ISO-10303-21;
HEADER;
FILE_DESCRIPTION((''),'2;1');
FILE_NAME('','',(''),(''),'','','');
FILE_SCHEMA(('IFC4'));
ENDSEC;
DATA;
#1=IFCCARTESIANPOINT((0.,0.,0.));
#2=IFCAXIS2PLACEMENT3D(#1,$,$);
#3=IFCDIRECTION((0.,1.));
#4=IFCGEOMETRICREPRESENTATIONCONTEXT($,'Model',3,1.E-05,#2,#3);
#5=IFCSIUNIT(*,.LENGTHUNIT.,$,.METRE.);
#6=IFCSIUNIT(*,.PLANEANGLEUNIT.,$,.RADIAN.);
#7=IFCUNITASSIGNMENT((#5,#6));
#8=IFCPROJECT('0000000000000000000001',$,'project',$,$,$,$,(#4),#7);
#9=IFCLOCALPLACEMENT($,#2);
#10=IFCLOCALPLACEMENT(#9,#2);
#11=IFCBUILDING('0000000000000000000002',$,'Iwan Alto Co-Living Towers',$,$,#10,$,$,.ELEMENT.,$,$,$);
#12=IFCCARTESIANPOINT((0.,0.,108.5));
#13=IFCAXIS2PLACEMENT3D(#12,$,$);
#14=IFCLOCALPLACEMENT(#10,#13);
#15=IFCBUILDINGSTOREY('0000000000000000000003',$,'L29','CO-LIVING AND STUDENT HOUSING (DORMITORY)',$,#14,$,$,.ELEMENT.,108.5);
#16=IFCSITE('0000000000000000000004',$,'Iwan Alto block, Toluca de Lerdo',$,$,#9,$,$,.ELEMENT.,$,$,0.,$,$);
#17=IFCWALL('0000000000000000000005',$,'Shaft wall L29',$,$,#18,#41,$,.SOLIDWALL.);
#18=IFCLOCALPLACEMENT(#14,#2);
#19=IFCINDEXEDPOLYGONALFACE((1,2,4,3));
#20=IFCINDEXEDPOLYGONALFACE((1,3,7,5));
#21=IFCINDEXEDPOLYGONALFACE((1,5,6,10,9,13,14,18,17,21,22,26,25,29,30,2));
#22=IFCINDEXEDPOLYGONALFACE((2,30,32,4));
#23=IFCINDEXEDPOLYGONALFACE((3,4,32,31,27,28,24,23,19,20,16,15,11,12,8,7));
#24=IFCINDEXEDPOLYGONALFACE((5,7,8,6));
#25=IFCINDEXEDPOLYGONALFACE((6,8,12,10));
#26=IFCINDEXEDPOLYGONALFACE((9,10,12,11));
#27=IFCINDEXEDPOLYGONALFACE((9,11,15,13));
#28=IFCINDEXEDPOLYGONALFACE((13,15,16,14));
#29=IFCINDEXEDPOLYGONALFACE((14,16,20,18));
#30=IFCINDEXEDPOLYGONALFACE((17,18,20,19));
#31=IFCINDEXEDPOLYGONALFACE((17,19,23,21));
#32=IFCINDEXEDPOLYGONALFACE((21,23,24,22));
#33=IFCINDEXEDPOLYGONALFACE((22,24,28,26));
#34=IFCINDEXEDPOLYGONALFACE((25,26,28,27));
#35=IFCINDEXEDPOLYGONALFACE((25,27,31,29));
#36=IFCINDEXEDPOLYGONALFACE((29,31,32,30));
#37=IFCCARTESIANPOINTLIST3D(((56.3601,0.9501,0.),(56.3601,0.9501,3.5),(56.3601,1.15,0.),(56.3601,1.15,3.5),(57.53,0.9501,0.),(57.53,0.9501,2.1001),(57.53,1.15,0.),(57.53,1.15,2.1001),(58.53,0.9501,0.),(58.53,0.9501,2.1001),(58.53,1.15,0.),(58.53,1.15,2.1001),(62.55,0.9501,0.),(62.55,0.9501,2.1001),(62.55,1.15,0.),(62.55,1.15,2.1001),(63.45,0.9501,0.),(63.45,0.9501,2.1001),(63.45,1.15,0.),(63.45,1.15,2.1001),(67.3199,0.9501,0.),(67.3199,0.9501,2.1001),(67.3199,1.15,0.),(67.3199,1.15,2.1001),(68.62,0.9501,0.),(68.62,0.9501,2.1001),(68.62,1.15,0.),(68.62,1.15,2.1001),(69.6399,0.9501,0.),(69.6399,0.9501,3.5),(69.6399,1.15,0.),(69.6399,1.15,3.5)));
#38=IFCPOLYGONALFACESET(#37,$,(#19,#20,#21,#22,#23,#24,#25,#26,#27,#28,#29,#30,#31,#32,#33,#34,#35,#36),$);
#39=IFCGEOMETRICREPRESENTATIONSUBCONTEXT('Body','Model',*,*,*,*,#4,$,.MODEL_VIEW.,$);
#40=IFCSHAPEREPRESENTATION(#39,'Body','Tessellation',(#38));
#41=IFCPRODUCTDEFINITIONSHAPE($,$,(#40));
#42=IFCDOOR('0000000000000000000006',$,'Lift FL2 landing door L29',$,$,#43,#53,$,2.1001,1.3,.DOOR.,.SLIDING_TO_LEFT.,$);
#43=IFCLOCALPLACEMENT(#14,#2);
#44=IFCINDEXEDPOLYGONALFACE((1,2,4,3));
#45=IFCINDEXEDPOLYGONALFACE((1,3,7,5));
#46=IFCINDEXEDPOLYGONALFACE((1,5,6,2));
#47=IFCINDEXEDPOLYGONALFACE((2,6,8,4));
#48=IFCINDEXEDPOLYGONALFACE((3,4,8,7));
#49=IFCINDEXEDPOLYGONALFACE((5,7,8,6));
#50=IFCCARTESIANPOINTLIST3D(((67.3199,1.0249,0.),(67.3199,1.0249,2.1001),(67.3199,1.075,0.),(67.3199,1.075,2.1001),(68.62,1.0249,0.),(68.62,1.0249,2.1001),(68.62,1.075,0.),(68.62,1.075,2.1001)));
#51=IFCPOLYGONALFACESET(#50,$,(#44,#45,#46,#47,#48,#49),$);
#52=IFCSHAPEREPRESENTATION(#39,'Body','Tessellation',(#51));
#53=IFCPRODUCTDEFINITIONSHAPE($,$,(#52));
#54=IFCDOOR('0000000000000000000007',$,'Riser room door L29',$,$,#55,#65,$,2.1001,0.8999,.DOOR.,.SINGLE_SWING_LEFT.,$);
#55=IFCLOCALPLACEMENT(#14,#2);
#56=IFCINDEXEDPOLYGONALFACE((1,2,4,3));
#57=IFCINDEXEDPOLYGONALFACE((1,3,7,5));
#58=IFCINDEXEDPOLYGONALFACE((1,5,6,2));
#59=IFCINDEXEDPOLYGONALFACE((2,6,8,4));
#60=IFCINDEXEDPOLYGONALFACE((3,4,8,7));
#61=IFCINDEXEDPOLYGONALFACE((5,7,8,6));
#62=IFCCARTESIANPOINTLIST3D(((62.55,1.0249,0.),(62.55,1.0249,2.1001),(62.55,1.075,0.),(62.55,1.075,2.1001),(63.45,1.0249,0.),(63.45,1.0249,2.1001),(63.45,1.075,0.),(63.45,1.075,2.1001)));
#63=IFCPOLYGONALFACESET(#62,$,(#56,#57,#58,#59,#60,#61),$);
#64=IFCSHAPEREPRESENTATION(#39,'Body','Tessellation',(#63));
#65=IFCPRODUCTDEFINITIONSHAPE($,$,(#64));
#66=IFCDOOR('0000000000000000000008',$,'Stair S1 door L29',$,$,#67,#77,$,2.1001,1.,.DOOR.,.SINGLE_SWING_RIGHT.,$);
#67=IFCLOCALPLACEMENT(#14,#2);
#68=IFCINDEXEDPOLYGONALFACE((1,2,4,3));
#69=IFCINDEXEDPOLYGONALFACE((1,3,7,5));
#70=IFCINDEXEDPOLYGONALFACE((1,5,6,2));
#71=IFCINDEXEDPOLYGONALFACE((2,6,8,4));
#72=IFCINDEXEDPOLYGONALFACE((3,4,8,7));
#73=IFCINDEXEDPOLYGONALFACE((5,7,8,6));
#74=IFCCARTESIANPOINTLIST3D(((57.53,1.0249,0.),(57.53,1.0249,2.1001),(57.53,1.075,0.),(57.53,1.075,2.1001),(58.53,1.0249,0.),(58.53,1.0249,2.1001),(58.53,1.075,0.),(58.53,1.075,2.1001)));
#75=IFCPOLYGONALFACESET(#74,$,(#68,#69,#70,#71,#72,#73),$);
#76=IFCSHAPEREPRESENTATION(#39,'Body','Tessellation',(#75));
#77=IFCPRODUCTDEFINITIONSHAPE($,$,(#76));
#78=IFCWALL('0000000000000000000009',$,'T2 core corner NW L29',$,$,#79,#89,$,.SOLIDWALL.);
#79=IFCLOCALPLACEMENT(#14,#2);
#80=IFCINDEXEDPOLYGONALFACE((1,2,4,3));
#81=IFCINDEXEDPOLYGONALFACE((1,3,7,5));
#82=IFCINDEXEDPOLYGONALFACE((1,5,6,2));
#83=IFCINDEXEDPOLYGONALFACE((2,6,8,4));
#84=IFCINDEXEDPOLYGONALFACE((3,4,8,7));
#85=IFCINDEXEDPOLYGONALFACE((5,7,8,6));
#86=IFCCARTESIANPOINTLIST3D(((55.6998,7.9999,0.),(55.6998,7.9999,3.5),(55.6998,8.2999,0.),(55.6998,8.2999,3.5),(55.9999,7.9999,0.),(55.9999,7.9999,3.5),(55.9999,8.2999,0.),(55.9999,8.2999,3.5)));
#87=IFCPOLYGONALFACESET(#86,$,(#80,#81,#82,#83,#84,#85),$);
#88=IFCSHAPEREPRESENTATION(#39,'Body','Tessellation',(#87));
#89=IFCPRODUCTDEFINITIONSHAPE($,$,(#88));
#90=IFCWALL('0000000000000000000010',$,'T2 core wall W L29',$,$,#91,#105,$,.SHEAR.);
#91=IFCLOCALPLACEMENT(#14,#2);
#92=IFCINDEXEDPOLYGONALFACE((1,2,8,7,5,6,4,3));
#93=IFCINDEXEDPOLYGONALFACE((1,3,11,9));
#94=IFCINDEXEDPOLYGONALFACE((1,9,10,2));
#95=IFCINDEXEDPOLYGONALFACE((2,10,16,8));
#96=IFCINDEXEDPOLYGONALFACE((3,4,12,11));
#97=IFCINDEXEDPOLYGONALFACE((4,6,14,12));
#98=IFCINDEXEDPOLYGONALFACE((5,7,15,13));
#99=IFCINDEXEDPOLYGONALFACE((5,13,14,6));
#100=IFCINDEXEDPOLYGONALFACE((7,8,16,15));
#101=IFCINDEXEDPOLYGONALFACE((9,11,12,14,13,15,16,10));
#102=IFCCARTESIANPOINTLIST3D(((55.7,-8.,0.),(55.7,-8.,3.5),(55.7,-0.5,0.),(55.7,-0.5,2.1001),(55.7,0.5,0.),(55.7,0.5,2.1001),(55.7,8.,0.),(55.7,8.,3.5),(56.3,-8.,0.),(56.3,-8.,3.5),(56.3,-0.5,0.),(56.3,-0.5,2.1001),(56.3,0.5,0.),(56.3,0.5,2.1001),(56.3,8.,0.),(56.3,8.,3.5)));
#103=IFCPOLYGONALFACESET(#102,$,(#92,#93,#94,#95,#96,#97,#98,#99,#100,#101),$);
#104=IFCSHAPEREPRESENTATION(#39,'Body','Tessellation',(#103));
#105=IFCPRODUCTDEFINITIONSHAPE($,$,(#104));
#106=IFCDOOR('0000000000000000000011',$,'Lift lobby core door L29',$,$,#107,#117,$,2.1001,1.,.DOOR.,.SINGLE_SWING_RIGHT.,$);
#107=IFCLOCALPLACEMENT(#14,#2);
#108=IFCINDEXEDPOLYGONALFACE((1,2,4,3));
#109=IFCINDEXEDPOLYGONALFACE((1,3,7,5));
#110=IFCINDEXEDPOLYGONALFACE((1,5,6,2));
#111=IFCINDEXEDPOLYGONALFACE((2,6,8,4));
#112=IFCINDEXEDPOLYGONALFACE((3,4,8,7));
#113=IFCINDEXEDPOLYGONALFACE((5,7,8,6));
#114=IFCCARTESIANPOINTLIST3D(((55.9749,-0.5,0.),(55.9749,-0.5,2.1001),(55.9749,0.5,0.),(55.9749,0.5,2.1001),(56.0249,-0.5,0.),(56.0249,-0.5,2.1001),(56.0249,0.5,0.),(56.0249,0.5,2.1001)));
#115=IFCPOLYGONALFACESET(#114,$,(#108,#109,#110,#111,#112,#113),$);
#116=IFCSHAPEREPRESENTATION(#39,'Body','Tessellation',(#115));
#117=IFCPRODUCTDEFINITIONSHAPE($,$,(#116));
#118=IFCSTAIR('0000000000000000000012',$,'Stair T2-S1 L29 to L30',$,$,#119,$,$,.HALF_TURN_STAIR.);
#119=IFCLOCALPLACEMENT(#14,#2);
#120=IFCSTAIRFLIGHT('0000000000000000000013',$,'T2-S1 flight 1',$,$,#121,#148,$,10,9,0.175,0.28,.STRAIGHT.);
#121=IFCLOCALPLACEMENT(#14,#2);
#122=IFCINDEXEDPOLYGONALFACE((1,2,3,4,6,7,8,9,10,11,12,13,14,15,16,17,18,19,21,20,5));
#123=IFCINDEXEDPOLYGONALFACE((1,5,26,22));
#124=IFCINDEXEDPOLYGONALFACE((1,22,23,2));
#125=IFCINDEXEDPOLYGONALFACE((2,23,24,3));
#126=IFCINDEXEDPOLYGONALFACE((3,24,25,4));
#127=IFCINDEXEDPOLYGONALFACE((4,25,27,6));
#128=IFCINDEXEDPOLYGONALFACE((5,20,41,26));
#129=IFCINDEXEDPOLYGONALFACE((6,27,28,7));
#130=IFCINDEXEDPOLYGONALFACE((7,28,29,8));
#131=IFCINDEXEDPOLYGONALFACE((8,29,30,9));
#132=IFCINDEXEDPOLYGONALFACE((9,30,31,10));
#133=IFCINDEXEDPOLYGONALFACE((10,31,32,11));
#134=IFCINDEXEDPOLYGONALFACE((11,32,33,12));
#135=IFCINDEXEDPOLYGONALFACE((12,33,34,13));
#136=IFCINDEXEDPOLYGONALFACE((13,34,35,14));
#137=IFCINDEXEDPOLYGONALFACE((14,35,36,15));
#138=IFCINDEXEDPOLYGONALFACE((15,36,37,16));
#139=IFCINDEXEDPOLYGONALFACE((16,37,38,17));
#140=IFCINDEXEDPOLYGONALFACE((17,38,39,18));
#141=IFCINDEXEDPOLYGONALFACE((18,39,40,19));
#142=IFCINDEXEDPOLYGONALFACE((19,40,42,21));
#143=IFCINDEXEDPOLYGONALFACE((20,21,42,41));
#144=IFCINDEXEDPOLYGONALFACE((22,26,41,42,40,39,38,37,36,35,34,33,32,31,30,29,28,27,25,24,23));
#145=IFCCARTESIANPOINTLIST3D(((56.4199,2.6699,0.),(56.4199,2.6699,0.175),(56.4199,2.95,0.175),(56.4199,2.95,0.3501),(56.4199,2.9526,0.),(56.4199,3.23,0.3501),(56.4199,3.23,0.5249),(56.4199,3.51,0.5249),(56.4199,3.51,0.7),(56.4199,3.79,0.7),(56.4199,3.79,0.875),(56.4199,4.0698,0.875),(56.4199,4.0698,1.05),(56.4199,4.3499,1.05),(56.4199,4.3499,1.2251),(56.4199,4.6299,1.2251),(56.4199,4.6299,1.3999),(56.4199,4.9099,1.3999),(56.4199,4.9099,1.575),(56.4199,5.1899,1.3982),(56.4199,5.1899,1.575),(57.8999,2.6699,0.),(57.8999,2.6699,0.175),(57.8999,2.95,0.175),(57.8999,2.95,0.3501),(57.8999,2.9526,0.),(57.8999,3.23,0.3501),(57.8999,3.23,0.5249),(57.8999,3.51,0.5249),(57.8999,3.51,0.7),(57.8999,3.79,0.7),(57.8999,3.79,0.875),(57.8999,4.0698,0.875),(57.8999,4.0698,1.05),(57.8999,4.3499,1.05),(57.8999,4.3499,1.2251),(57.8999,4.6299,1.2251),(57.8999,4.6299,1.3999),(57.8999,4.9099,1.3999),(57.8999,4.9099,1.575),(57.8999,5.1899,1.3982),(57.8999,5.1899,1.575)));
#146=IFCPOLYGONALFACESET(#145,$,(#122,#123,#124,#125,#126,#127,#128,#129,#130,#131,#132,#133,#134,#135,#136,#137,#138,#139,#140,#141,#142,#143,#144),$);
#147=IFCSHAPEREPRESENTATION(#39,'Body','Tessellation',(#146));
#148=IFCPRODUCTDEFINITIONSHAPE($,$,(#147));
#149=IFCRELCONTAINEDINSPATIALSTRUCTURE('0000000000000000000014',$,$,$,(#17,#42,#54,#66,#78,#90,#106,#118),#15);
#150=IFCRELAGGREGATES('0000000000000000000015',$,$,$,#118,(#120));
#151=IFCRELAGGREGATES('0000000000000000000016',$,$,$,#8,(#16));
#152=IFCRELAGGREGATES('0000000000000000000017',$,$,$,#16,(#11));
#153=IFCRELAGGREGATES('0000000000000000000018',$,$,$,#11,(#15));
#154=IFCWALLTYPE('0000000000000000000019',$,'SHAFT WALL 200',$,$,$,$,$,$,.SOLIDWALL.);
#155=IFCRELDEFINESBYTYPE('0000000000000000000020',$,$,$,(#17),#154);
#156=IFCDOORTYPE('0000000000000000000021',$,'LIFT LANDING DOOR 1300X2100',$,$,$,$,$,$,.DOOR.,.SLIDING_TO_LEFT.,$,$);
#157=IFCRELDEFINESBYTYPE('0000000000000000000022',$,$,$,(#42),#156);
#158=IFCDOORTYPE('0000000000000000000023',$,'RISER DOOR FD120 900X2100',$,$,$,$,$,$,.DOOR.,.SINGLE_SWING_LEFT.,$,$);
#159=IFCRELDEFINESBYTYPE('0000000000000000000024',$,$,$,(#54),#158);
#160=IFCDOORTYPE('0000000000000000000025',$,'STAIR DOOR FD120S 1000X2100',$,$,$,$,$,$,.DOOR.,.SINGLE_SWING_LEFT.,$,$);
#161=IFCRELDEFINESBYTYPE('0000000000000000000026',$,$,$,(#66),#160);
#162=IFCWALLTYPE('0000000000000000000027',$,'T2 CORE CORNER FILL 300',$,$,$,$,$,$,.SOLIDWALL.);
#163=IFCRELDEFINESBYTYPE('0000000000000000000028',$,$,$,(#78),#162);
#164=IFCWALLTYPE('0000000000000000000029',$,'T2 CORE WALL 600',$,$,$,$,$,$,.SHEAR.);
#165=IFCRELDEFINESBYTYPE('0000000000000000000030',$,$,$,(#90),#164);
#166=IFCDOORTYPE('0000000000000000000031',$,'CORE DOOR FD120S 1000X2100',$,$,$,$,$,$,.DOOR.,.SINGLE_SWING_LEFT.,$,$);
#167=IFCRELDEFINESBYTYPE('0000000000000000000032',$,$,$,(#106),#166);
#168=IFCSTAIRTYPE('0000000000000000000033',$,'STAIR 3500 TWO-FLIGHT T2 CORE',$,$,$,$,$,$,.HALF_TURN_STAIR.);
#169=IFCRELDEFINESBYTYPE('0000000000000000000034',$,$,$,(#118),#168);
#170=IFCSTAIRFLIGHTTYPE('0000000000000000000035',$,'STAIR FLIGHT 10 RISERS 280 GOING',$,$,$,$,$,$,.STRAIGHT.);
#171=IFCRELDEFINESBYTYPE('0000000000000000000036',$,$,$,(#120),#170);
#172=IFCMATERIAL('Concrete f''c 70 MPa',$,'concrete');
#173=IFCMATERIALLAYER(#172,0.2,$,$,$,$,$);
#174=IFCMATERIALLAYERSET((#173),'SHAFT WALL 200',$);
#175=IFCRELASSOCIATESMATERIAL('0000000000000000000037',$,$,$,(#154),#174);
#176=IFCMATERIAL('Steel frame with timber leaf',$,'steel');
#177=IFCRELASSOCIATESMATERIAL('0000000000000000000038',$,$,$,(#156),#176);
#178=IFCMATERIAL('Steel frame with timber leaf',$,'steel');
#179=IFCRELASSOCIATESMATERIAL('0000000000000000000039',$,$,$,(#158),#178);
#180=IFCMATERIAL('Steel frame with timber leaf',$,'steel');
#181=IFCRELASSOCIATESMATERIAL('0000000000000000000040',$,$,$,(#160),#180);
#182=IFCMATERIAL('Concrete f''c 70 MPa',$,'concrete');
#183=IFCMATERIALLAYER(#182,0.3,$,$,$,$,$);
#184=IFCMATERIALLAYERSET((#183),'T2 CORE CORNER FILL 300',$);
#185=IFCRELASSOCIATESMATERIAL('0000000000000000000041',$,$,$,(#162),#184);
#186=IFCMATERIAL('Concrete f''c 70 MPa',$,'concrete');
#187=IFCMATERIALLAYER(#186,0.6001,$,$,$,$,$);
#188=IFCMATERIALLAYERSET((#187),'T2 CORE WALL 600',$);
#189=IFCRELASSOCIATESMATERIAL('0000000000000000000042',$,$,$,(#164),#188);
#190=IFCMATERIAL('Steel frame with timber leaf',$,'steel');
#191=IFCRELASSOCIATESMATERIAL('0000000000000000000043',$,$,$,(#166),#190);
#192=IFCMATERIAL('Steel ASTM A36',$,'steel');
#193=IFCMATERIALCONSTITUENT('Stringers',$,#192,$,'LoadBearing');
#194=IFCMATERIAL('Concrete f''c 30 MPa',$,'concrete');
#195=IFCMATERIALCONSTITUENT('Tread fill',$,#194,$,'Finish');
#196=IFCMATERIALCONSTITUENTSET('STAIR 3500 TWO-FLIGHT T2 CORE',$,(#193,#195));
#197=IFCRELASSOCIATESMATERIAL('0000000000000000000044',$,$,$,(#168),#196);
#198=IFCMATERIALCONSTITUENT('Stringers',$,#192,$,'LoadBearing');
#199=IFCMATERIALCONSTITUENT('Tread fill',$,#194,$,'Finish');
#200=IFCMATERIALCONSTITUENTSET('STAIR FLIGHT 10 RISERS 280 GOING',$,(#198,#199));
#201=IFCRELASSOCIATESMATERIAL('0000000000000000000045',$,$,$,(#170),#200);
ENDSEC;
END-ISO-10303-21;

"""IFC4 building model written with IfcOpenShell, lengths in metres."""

from ifc_helpers import new_model, si_unit, direction, frame, frame_2d, origin, place, context, subcontext, project, spatial, polyline, rectangle, outline, extrude, material, layer, layer_set, constituent, constituent_set, type_object, element, fill, aggregate, save


model = new_model("IFC4")

# Units and contexts
model_context = context("Model", 3, precision=1e-05, world=origin(), true_north=direction((0.0, 1.0)))
body_context = subcontext(model_context, "Body", "Model", "MODEL_VIEW")
ifc_project = project(units=[si_unit("LENGTHUNIT", "METRE"), si_unit("PLANEANGLEUNIT", "RADIAN")], contexts=[model_context])

# Site, building, storey
site_placement = place(None, origin())
site = spatial("IfcSite", under=ifc_project, at=site_placement, Name="Iwan Alto block, Toluca de Lerdo", CompositionType="ELEMENT", RefElevation=0.0)
building_placement = place(site_placement, origin())
building = spatial("IfcBuilding", under=site, at=building_placement, Name="Iwan Alto Co-Living Towers", CompositionType="ELEMENT")
storey_placement = place(building_placement, frame((0.0, 0.0, 108.5)))
storey = spatial("IfcBuildingStorey", under=building, at=storey_placement, Name="L29", Description="CO-LIVING AND STUDENT HOUSING (DORMITORY)", CompositionType="ELEMENT", Elevation=108.5)

# Wall, openings, doors
ifc_material_1 = material(Name="Concrete f'c 70 MPa", Category="concrete")
ifc_layer_1 = layer(ifc_material_1, 0.2)
ifc_layer_set_1 = layer_set([ifc_layer_1], Name="SHAFT WALL 200")
wall_type_1 = type_object("IfcWallType", Name="SHAFT WALL 200", PredefinedType="SOLIDWALL", material=ifc_layer_set_1)
wall_1_placement = place(storey_placement, frame((56.3601, 1.05, 0.0), z_axis=(0.0, 0.0, 1.0), x_axis=(1.0, 0.0, 0.0)))
wall_1 = element("IfcWall", 1, at=wall_1_placement, inside=storey, type_object=wall_type_1, Name="Shaft wall L29", PredefinedType="SOLIDWALL", context=body_context, shape_type="SweptSolid", body=[
    extrude(rectangle(XDim=13.2798, YDim=0.2, at=frame_2d((6.6399, 0.0))), origin(), (0.0, 0.0, 1.0), 3.5),
])
opening_1_placement = place(wall_1_placement, frame((1.1699, 0.0, 0.0)))
opening_1 = element("IfcOpeningElement", 2, at=opening_1_placement, cuts=wall_1, PredefinedType="OPENING", context=body_context, shape_type="SweptSolid", body=[
    extrude(rectangle(XDim=1.0, YDim=2.1001, at=frame_2d((0.5, 1.05))), frame((0.0, 0.1099, 0.0), z_axis=(0.0, -1.0, 0.0), x_axis=(1.0, 0.0, 0.0)), (0.0, 0.0, 1.0), 0.22),
])
opening_2_placement = place(wall_1_placement, frame((6.1899, 0.0, 0.0)))
opening_2 = element("IfcOpeningElement", 3, at=opening_2_placement, cuts=wall_1, PredefinedType="OPENING", context=body_context, shape_type="SweptSolid", body=[
    extrude(rectangle(XDim=0.8999, YDim=2.1001, at=frame_2d((0.45, 1.05))), frame((0.0, 0.1099, 0.0), z_axis=(0.0, -1.0, 0.0), x_axis=(1.0, 0.0, 0.0)), (0.0, 0.0, 1.0), 0.22),
])
opening_3_placement = place(wall_1_placement, frame((10.96, 0.0, 0.0)))
opening_3 = element("IfcOpeningElement", 4, at=opening_3_placement, cuts=wall_1, PredefinedType="OPENING", context=body_context, shape_type="SweptSolid", body=[
    extrude(rectangle(XDim=1.3, YDim=2.1001, at=frame_2d((0.6499, 1.05))), frame((0.0, 0.1099, 0.0), z_axis=(0.0, -1.0, 0.0), x_axis=(1.0, 0.0, 0.0)), (0.0, 0.0, 1.0), 0.22),
])
ifc_material_2 = material(Name="Steel frame with timber leaf", Category="steel")
door_type_1 = type_object("IfcDoorType", Name="LIFT LANDING DOOR 1300X2100", OperationType="SLIDING_TO_LEFT", PredefinedType="DOOR", material=ifc_material_2)
door_1_placement = place(opening_3_placement, origin())
door_1 = element("IfcDoor", 5, at=door_1_placement, inside=storey, type_object=door_type_1, Name="Lift FL2 landing door L29", OperationType="SLIDING_TO_LEFT", OverallHeight=2.1001, OverallWidth=1.3, PredefinedType="DOOR", context=body_context, shape_type="SweptSolid", body=[
    extrude(rectangle(XDim=1.3, YDim=2.1001, at=frame_2d((0.6499, 1.05))), frame((0.0, 0.0249, 0.0), z_axis=(0.0, -1.0, 0.0), x_axis=(1.0, 0.0, 0.0)), (0.0, 0.0, 1.0), 0.05),
])
fill(opening_3, door_1)
ifc_material_3 = material(Name="Steel frame with timber leaf", Category="steel")
door_type_2 = type_object("IfcDoorType", Name="RISER DOOR FD120 900X2100", OperationType="SINGLE_SWING_LEFT", PredefinedType="DOOR", material=ifc_material_3)
door_2_placement = place(opening_2_placement, origin())
door_2 = element("IfcDoor", 6, at=door_2_placement, inside=storey, type_object=door_type_2, Name="Riser room door L29", OperationType="SINGLE_SWING_LEFT", OverallHeight=2.1001, OverallWidth=0.8999, PredefinedType="DOOR", context=body_context, shape_type="SweptSolid", body=[
    extrude(rectangle(XDim=0.8999, YDim=2.1001, at=frame_2d((0.45, 1.05))), frame((0.0, 0.0249, 0.0), z_axis=(0.0, -1.0, 0.0), x_axis=(1.0, 0.0, 0.0)), (0.0, 0.0, 1.0), 0.05),
])
fill(opening_2, door_2)
ifc_material_4 = material(Name="Steel frame with timber leaf", Category="steel")
door_type_3 = type_object("IfcDoorType", Name="STAIR DOOR FD120S 1000X2100", OperationType="SINGLE_SWING_LEFT", PredefinedType="DOOR", material=ifc_material_4)
door_3_placement = place(opening_1_placement, origin())
door_3 = element("IfcDoor", 7, at=door_3_placement, inside=storey, type_object=door_type_3, Name="Stair S1 door L29", OperationType="SINGLE_SWING_RIGHT", OverallHeight=2.1001, OverallWidth=1.0, PredefinedType="DOOR", context=body_context, shape_type="SweptSolid", body=[
    extrude(rectangle(XDim=1.0, YDim=2.1001, at=frame_2d((0.5, 1.05))), frame((0.0, 0.0249, 0.0), z_axis=(0.0, -1.0, 0.0), x_axis=(1.0, 0.0, 0.0)), (0.0, 0.0, 1.0), 0.05),
])
fill(opening_1, door_3)

# Wall
ifc_material_5 = material(Name="Concrete f'c 70 MPa", Category="concrete")
ifc_layer_2 = layer(ifc_material_5, 0.3)
ifc_layer_set_2 = layer_set([ifc_layer_2], Name="T2 CORE CORNER FILL 300")
wall_type_2 = type_object("IfcWallType", Name="T2 CORE CORNER FILL 300", PredefinedType="SOLIDWALL", material=ifc_layer_set_2)
wall_2_placement = place(storey_placement, frame((55.7, 8.1499, 0.0), z_axis=(0.0, 0.0, 1.0), x_axis=(1.0, 0.0, 0.0)))
element("IfcWall", 8, at=wall_2_placement, inside=storey, type_object=wall_type_2, Name="T2 core corner NW L29", PredefinedType="SOLIDWALL", context=body_context, shape_type="SweptSolid", body=[
    extrude(rectangle(XDim=0.3, YDim=0.3, at=frame_2d((0.1499, 0.0))), origin(), (0.0, 0.0, 1.0), 3.5),
])

# Wall, opening, door
ifc_material_6 = material(Name="Concrete f'c 70 MPa", Category="concrete")
ifc_layer_3 = layer(ifc_material_6, 0.6001)
ifc_layer_set_3 = layer_set([ifc_layer_3], Name="T2 CORE WALL 600")
wall_type_3 = type_object("IfcWallType", Name="T2 CORE WALL 600", PredefinedType="SHEAR", material=ifc_layer_set_3)
wall_3_placement = place(storey_placement, frame((56.0, 8.0, 0.0), z_axis=(0.0, 0.0, 1.0), x_axis=(0.0, -1.0, 0.0)))
wall_3 = element("IfcWall", 9, at=wall_3_placement, inside=storey, type_object=wall_type_3, Name="T2 core wall W L29", PredefinedType="SHEAR", context=body_context, shape_type="SweptSolid", body=[
    extrude(rectangle(XDim=16.0, YDim=0.6001, at=frame_2d((8.0, 0.0))), origin(), (0.0, 0.0, 1.0), 3.5),
])
opening_4_placement = place(wall_3_placement, frame((7.5, 0.0, 0.0)))
opening_4 = element("IfcOpeningElement", 10, at=opening_4_placement, cuts=wall_3, PredefinedType="OPENING", context=body_context, shape_type="SweptSolid", body=[
    extrude(rectangle(XDim=1.0, YDim=2.1001, at=frame_2d((0.5, 1.05))), frame((0.0, 0.3101, 0.0), z_axis=(0.0, -1.0, 0.0), x_axis=(1.0, 0.0, 0.0)), (0.0, 0.0, 1.0), 0.6201),
])
ifc_material_7 = material(Name="Steel frame with timber leaf", Category="steel")
door_type_4 = type_object("IfcDoorType", Name="CORE DOOR FD120S 1000X2100", OperationType="SINGLE_SWING_LEFT", PredefinedType="DOOR", material=ifc_material_7)
door_4_placement = place(opening_4_placement, origin())
door_4 = element("IfcDoor", 11, at=door_4_placement, inside=storey, type_object=door_type_4, Name="Lift lobby core door L29", OperationType="SINGLE_SWING_RIGHT", OverallHeight=2.1001, OverallWidth=1.0, PredefinedType="DOOR", context=body_context, shape_type="SweptSolid", body=[
    extrude(rectangle(XDim=1.0, YDim=2.1001, at=frame_2d((0.5, 1.05))), frame((0.0, 0.0249, 0.0), z_axis=(0.0, -1.0, 0.0), x_axis=(1.0, 0.0, 0.0)), (0.0, 0.0, 1.0), 0.05),
])
fill(opening_4, door_4)

# Stair, stair flight
ifc_material_8 = material(Name="Steel ASTM A36", Category="steel")
ifc_constituent_1 = constituent(ifc_material_8, Name="Stringers", Category="LoadBearing")
ifc_material_9 = material(Name="Concrete f'c 30 MPa", Category="concrete")
ifc_constituent_2 = constituent(ifc_material_9, Name="Tread fill", Category="Finish")
ifc_constituent_set_1 = constituent_set(constituents=[ifc_constituent_1, ifc_constituent_2], Name="STAIR 3500 TWO-FLIGHT T2 CORE")
stair_type = type_object("IfcStairType", Name="STAIR 3500 TWO-FLIGHT T2 CORE", PredefinedType="HALF_TURN_STAIR", material=ifc_constituent_set_1)
stair_placement = place(storey_placement, origin())
stair = element("IfcStair", 12, at=stair_placement, inside=storey, type_object=stair_type, Name="Stair T2-S1 L29 to L30", PredefinedType="HALF_TURN_STAIR")
ifc_constituent_3 = constituent(ifc_material_8, Name="Stringers", Category="LoadBearing")
ifc_constituent_4 = constituent(ifc_material_9, Name="Tread fill", Category="Finish")
ifc_constituent_set_2 = constituent_set(constituents=[ifc_constituent_3, ifc_constituent_4], Name="STAIR FLIGHT 10 RISERS 280 GOING")
stair_flight_type = type_object("IfcStairFlightType", Name="STAIR FLIGHT 10 RISERS 280 GOING", PredefinedType="STRAIGHT", material=ifc_constituent_set_2)
stair_flight_placement = place(storey_placement, frame((57.1599, 2.6699, 0.0), z_axis=(0.0, 0.0, 1.0), x_axis=(0.0, 1.0, 0.0)))
stair_flight = element("IfcStairFlight", 13, at=stair_flight_placement, type_object=stair_flight_type, Name="T2-S1 flight 1", NumberOfRisers=10, NumberOfTreads=9, PredefinedType="STRAIGHT", RiserHeight=0.175, TreadLength=0.28, context=body_context, shape_type="SweptSolid", body=[
    extrude(outline(polyline([(0.0, 0.0), (0.0, 0.175), (0.28, 0.175), (0.28, 0.3501), (0.5601, 0.3501), (0.5601, 0.5249), (0.8401, 0.5249), (0.8401, 0.7), (1.1201, 0.7), (1.1201, 0.875), (1.3999, 0.875), (1.3999, 1.05), (1.6799, 1.05), (1.6799, 1.2251), (1.96, 1.2251), (1.96, 1.3999), (2.24, 1.3999), (2.24, 1.575), (2.52, 1.575), (2.52, 1.75), (2.52, 1.3982), (0.2827, 0.0), (0.0, 0.0)])), frame((0.0, 0.74, 0.0), z_axis=(0.0, -1.0, 0.0), x_axis=(1.0, 0.0, 0.0)), (0.0, 0.0, 1.0), 1.48),
])
aggregate(stair, [stair_flight])

save(model, "model.ifc")
